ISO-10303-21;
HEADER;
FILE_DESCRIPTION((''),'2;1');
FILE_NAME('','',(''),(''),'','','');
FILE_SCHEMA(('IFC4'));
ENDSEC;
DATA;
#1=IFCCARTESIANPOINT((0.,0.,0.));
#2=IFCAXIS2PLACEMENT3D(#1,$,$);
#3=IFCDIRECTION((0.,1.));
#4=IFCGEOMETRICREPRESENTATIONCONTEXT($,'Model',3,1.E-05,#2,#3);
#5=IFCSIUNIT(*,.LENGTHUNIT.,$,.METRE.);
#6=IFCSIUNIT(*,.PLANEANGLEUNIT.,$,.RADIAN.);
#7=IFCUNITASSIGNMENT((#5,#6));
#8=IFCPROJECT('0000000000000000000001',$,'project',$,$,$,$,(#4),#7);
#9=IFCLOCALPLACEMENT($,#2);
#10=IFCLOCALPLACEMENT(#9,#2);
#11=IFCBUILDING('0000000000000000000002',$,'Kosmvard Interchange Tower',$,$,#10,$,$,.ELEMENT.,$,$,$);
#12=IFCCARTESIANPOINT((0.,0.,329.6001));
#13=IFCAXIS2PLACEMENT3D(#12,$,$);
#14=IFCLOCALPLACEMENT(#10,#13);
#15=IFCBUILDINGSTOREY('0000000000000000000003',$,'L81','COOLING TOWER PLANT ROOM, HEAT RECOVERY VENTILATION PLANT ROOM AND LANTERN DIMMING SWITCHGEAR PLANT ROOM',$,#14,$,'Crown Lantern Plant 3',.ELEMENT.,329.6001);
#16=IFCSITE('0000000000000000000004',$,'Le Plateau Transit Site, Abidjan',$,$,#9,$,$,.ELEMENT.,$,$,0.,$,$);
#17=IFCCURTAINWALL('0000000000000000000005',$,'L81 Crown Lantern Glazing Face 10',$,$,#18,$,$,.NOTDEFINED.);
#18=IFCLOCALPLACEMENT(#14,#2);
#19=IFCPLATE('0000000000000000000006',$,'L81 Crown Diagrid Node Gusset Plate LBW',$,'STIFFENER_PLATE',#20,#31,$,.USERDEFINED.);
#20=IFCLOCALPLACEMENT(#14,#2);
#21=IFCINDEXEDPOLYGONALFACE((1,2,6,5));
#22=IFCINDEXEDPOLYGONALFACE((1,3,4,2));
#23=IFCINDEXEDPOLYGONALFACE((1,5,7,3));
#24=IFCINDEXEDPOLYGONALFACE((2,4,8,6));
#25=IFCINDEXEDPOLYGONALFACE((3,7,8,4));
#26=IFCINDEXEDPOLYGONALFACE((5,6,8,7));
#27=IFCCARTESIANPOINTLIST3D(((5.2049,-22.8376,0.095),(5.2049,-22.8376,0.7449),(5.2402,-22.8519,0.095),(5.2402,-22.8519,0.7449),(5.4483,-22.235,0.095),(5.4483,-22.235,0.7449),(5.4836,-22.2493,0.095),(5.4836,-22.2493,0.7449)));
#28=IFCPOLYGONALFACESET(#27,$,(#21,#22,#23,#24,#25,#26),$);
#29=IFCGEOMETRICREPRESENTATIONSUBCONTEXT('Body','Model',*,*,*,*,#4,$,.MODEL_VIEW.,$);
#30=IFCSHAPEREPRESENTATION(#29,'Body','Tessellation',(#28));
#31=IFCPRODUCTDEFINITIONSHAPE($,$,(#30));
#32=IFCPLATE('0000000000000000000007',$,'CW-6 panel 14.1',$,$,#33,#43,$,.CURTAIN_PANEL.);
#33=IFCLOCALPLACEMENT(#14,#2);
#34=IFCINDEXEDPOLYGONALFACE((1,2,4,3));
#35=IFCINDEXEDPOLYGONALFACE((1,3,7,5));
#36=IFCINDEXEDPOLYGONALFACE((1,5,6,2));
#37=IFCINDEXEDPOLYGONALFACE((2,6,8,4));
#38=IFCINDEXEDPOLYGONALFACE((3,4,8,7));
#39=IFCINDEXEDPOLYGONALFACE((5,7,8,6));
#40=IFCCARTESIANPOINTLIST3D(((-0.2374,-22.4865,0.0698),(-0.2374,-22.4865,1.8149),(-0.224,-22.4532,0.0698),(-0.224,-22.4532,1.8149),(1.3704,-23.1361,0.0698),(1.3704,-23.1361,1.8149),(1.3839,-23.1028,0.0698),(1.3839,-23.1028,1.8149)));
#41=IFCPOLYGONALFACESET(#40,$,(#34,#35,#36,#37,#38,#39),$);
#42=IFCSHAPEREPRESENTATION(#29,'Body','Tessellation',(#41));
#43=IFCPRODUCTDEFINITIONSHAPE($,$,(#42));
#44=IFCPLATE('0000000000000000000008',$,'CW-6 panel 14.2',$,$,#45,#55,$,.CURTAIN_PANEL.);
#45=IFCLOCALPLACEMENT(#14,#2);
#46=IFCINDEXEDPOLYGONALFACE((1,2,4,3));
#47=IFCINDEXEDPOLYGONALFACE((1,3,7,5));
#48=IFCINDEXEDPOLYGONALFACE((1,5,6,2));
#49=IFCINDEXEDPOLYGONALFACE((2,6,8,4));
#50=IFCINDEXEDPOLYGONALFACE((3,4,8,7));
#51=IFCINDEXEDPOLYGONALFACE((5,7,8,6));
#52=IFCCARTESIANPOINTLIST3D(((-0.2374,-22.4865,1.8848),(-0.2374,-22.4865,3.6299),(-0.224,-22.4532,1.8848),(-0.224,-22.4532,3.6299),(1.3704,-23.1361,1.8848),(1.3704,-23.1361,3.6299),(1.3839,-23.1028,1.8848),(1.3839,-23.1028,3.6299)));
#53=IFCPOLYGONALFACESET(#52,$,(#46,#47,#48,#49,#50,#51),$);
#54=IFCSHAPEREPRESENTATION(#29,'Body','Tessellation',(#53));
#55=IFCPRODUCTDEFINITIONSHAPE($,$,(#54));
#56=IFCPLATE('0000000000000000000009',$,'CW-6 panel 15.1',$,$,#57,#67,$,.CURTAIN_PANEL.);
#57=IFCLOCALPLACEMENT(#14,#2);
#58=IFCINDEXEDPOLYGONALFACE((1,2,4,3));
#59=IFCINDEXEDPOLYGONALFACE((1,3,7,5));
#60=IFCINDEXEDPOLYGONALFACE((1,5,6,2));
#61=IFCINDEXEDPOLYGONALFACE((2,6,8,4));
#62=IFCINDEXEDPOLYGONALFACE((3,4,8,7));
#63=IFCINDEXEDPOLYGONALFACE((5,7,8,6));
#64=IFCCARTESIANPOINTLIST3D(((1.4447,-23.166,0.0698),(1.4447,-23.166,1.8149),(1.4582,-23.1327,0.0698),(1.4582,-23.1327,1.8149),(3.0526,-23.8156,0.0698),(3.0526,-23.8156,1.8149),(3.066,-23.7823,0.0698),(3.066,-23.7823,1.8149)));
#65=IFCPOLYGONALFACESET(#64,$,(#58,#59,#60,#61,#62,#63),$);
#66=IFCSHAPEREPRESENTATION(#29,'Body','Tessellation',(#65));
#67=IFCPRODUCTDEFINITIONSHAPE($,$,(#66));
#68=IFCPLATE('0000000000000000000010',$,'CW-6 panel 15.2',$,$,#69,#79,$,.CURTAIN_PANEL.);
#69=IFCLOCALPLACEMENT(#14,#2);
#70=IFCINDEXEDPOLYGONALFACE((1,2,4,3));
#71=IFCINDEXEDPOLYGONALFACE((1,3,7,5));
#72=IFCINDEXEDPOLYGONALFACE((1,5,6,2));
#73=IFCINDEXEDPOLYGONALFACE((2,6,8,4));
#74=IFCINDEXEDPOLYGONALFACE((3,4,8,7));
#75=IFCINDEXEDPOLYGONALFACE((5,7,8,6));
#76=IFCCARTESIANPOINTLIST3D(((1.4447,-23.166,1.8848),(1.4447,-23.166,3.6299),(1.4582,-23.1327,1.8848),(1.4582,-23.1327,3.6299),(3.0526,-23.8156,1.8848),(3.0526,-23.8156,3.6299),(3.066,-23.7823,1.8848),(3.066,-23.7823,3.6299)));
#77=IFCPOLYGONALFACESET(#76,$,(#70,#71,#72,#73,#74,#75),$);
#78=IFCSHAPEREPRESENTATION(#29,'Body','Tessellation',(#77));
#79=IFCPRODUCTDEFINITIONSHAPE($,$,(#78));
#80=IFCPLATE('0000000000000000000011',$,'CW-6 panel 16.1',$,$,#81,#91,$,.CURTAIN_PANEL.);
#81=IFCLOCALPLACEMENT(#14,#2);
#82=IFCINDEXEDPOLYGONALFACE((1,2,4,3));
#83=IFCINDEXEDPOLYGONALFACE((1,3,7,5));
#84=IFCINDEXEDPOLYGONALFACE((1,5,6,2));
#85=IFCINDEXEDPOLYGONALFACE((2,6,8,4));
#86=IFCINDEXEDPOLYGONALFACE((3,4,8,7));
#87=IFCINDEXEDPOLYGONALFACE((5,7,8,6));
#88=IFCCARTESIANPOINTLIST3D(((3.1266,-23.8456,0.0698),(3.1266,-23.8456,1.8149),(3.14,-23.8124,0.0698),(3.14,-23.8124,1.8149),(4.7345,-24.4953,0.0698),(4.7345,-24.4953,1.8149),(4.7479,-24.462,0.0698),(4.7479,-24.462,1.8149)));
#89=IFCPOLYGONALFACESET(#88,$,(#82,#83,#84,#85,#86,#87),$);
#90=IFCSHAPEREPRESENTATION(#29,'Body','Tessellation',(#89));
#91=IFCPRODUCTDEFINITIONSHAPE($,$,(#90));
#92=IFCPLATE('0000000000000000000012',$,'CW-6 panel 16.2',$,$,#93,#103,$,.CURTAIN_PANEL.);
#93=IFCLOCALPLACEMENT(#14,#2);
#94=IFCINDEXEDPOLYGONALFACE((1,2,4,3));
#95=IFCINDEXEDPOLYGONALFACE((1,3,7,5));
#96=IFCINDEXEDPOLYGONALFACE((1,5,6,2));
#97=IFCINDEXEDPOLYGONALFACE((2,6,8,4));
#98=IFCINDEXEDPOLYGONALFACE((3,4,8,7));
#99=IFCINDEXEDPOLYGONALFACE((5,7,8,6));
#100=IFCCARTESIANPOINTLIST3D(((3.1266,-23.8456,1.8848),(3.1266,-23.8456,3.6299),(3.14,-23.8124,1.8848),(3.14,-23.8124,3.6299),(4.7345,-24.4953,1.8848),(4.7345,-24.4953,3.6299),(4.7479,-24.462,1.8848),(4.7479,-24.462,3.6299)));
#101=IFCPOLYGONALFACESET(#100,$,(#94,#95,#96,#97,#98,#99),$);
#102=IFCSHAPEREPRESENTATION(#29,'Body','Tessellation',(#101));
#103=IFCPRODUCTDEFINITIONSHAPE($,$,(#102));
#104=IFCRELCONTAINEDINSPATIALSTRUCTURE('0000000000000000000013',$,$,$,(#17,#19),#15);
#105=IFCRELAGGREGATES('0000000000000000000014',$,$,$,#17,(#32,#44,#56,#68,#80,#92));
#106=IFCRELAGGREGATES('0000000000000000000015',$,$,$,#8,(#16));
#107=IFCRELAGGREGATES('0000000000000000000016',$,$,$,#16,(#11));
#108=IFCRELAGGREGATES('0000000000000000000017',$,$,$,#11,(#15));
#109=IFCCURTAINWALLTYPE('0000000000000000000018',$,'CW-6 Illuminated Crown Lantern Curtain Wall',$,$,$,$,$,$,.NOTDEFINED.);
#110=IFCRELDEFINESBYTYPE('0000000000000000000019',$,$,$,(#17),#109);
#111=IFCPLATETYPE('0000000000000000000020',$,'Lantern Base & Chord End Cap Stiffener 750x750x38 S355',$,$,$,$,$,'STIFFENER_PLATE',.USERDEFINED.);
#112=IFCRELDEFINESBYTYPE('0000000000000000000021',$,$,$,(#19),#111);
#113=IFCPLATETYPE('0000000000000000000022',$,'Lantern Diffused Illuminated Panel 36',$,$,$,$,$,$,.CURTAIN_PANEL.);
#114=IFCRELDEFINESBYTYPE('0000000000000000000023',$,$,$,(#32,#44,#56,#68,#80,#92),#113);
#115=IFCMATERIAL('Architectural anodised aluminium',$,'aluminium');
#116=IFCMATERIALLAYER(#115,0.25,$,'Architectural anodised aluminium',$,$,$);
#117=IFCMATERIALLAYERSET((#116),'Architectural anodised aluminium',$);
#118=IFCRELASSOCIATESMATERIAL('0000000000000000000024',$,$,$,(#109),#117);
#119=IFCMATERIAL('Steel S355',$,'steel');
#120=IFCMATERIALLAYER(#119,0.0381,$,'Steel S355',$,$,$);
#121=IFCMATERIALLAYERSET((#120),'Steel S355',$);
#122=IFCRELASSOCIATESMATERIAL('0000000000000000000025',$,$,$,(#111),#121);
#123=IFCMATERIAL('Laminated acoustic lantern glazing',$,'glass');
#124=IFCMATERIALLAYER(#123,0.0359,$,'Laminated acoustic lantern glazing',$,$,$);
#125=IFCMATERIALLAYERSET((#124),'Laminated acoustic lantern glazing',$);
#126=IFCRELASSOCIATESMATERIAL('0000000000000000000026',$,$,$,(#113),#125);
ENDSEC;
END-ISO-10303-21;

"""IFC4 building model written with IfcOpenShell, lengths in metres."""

from ifc_helpers import new_model, si_unit, direction, frame, origin, origin_2d, place, context, subcontext, project, spatial, rectangle, extrude, source, transform, mapped, material, layer, layer_set, type_object, element, aggregate, save


model = new_model("IFC4")

# Units and contexts
model_context = context("Model", 3, precision=1e-05, world=origin(), true_north=direction((0.0, 1.0)))
body_context = subcontext(model_context, "Body", "Model", "MODEL_VIEW")
ifc_project = project(units=[si_unit("LENGTHUNIT", "METRE"), si_unit("PLANEANGLEUNIT", "RADIAN")], contexts=[model_context])

# Site, building, storey
site_placement = place(None, origin())
site = spatial("IfcSite", under=ifc_project, at=site_placement, Name="Le Plateau Transit Site, Abidjan", CompositionType="ELEMENT", RefElevation=0.0)
building_placement = place(site_placement, origin())
building = spatial("IfcBuilding", under=site, at=building_placement, Name="Kosmvard Interchange Tower", CompositionType="ELEMENT")
storey_placement = place(building_placement, frame((0.0, 0.0, 329.6001)))
storey = spatial("IfcBuildingStorey", under=building, at=storey_placement, Name="L81", Description="COOLING TOWER PLANT ROOM, HEAT RECOVERY VENTILATION PLANT ROOM AND LANTERN DIMMING SWITCHGEAR PLANT ROOM", LongName="Crown Lantern Plant 3", CompositionType="ELEMENT", Elevation=329.6001)

# Shared definitions
ifc_material_1 = material(Name="Steel S355", Category="steel")

# Curtain wall
ifc_material_2 = material(Name="Architectural anodised aluminium", Category="aluminium")
ifc_layer_1 = layer(ifc_material_2, 0.25, Name="Architectural anodised aluminium")
ifc_layer_set_1 = layer_set([ifc_layer_1], Name="Architectural anodised aluminium")
curtain_wall_type = type_object("IfcCurtainWallType", Name="CW-6 Illuminated Crown Lantern Curtain Wall", PredefinedType="NOTDEFINED", material=ifc_layer_set_1)
curtain_wall_placement = place(storey_placement, origin())
curtain_wall = element("IfcCurtainWall", 1, at=curtain_wall_placement, inside=storey, type_object=curtain_wall_type, Name="L81 Crown Lantern Glazing Face 10", PredefinedType="NOTDEFINED")

# Plates
ifc_layer_2 = layer(ifc_material_1, 0.0381, Name="Steel S355")
ifc_layer_set_2 = layer_set([ifc_layer_2], Name="Steel S355")
plate_type_1 = type_object("IfcPlateType", Name="Lantern Base & Chord End Cap Stiffener 750x750x38 S355", ElementType="STIFFENER_PLATE", PredefinedType="USERDEFINED", material=ifc_layer_set_2)
shared_shape_1 = source(origin(), body_context, "Body", "SweptSolid", [
    extrude(rectangle(XDim=0.6499, YDim=0.0381, at=origin_2d()), origin(), (0.0, 0.0, 1.0), 0.6499),
])
plate_1_placement = place(storey_placement, frame((5.3442, -22.5435, 0.095), z_axis=(0.0, 0.0, 1.0), x_axis=(0.374607, 0.927184, 0.0)))
element("IfcPlate", 2, at=plate_1_placement, inside=storey, type_object=plate_type_1, Name="L81 Crown Diagrid Node Gusset Plate LBW", ObjectType="STIFFENER_PLATE", PredefinedType="USERDEFINED", context=body_context, shape_type="MappedRepresentation", body=[
    mapped(shared_shape_1, transform((0.0, 0.0, 0.0), scale=1.0)),
])
ifc_material_3 = material(Name="Laminated acoustic lantern glazing", Category="glass")
ifc_layer_3 = layer(ifc_material_3, 0.0359, Name="Laminated acoustic lantern glazing")
ifc_layer_set_3 = layer_set([ifc_layer_3], Name="Laminated acoustic lantern glazing")
plate_type_2 = type_object("IfcPlateType", Name="Lantern Diffused Illuminated Panel 36", PredefinedType="CURTAIN_PANEL", material=ifc_layer_set_3)
shared_shape_2 = source(origin(), body_context, "Body", "SweptSolid", [
    extrude(rectangle(XDim=1.7341, YDim=0.0359, at=origin_2d()), origin(), (0.0, 0.0, 1.0), 1.7451),
])
plate_2_placement = place(storey_placement, frame((0.5732, -22.7947, 0.0698), z_axis=(0.0, 0.0, 1.0), x_axis=(0.927184, -0.374607, 0.0)))
plate_2 = element("IfcPlate", 3, at=plate_2_placement, type_object=plate_type_2, Name="CW-6 panel 14.1", PredefinedType="CURTAIN_PANEL", context=body_context, shape_type="MappedRepresentation", body=[
    mapped(shared_shape_2, transform((0.0, 0.0, 0.0), scale=1.0)),
])
plate_3_placement = place(storey_placement, frame((0.5732, -22.7947, 1.8848), z_axis=(0.0, 0.0, 1.0), x_axis=(0.927184, -0.374607, 0.0)))
plate_3 = element("IfcPlate", 4, at=plate_3_placement, type_object=plate_type_2, Name="CW-6 panel 14.2", PredefinedType="CURTAIN_PANEL", context=body_context, shape_type="MappedRepresentation", body=[
    mapped(shared_shape_2, transform((0.0, 0.0, 0.0), scale=1.0)),
])
plate_4_placement = place(storey_placement, frame((2.2554, -23.4741, 0.0698), z_axis=(0.0, 0.0, 1.0), x_axis=(0.927184, -0.374607, 0.0)))
plate_4 = element("IfcPlate", 5, at=plate_4_placement, type_object=plate_type_2, Name="CW-6 panel 15.1", PredefinedType="CURTAIN_PANEL", context=body_context, shape_type="MappedRepresentation", body=[
    mapped(shared_shape_2, transform((0.0, 0.0, 0.0), scale=1.0)),
])
plate_5_placement = place(storey_placement, frame((2.2554, -23.4741, 1.8848), z_axis=(0.0, 0.0, 1.0), x_axis=(0.927184, -0.374607, 0.0)))
plate_5 = element("IfcPlate", 6, at=plate_5_placement, type_object=plate_type_2, Name="CW-6 panel 15.2", PredefinedType="CURTAIN_PANEL", context=body_context, shape_type="MappedRepresentation", body=[
    mapped(shared_shape_2, transform((0.0, 0.0, 0.0), scale=1.0)),
])
plate_6_placement = place(storey_placement, frame((3.9373, -24.1538, 0.0698), z_axis=(0.0, 0.0, 1.0), x_axis=(0.927184, -0.374607, 0.0)))
plate_6 = element("IfcPlate", 7, at=plate_6_placement, type_object=plate_type_2, Name="CW-6 panel 16.1", PredefinedType="CURTAIN_PANEL", context=body_context, shape_type="MappedRepresentation", body=[
    mapped(shared_shape_2, transform((0.0, 0.0, 0.0), scale=1.0)),
])
plate_7_placement = place(storey_placement, frame((3.9373, -24.1538, 1.8848), z_axis=(0.0, 0.0, 1.0), x_axis=(0.927184, -0.374607, 0.0)))
plate_7 = element("IfcPlate", 8, at=plate_7_placement, type_object=plate_type_2, Name="CW-6 panel 16.2", PredefinedType="CURTAIN_PANEL", context=body_context, shape_type="MappedRepresentation", body=[
    mapped(shared_shape_2, transform((0.0, 0.0, 0.0), scale=1.0)),
])
aggregate(curtain_wall, [plate_2, plate_3, plate_4, plate_5, plate_6, plate_7])

save(model, "model.ifc")
